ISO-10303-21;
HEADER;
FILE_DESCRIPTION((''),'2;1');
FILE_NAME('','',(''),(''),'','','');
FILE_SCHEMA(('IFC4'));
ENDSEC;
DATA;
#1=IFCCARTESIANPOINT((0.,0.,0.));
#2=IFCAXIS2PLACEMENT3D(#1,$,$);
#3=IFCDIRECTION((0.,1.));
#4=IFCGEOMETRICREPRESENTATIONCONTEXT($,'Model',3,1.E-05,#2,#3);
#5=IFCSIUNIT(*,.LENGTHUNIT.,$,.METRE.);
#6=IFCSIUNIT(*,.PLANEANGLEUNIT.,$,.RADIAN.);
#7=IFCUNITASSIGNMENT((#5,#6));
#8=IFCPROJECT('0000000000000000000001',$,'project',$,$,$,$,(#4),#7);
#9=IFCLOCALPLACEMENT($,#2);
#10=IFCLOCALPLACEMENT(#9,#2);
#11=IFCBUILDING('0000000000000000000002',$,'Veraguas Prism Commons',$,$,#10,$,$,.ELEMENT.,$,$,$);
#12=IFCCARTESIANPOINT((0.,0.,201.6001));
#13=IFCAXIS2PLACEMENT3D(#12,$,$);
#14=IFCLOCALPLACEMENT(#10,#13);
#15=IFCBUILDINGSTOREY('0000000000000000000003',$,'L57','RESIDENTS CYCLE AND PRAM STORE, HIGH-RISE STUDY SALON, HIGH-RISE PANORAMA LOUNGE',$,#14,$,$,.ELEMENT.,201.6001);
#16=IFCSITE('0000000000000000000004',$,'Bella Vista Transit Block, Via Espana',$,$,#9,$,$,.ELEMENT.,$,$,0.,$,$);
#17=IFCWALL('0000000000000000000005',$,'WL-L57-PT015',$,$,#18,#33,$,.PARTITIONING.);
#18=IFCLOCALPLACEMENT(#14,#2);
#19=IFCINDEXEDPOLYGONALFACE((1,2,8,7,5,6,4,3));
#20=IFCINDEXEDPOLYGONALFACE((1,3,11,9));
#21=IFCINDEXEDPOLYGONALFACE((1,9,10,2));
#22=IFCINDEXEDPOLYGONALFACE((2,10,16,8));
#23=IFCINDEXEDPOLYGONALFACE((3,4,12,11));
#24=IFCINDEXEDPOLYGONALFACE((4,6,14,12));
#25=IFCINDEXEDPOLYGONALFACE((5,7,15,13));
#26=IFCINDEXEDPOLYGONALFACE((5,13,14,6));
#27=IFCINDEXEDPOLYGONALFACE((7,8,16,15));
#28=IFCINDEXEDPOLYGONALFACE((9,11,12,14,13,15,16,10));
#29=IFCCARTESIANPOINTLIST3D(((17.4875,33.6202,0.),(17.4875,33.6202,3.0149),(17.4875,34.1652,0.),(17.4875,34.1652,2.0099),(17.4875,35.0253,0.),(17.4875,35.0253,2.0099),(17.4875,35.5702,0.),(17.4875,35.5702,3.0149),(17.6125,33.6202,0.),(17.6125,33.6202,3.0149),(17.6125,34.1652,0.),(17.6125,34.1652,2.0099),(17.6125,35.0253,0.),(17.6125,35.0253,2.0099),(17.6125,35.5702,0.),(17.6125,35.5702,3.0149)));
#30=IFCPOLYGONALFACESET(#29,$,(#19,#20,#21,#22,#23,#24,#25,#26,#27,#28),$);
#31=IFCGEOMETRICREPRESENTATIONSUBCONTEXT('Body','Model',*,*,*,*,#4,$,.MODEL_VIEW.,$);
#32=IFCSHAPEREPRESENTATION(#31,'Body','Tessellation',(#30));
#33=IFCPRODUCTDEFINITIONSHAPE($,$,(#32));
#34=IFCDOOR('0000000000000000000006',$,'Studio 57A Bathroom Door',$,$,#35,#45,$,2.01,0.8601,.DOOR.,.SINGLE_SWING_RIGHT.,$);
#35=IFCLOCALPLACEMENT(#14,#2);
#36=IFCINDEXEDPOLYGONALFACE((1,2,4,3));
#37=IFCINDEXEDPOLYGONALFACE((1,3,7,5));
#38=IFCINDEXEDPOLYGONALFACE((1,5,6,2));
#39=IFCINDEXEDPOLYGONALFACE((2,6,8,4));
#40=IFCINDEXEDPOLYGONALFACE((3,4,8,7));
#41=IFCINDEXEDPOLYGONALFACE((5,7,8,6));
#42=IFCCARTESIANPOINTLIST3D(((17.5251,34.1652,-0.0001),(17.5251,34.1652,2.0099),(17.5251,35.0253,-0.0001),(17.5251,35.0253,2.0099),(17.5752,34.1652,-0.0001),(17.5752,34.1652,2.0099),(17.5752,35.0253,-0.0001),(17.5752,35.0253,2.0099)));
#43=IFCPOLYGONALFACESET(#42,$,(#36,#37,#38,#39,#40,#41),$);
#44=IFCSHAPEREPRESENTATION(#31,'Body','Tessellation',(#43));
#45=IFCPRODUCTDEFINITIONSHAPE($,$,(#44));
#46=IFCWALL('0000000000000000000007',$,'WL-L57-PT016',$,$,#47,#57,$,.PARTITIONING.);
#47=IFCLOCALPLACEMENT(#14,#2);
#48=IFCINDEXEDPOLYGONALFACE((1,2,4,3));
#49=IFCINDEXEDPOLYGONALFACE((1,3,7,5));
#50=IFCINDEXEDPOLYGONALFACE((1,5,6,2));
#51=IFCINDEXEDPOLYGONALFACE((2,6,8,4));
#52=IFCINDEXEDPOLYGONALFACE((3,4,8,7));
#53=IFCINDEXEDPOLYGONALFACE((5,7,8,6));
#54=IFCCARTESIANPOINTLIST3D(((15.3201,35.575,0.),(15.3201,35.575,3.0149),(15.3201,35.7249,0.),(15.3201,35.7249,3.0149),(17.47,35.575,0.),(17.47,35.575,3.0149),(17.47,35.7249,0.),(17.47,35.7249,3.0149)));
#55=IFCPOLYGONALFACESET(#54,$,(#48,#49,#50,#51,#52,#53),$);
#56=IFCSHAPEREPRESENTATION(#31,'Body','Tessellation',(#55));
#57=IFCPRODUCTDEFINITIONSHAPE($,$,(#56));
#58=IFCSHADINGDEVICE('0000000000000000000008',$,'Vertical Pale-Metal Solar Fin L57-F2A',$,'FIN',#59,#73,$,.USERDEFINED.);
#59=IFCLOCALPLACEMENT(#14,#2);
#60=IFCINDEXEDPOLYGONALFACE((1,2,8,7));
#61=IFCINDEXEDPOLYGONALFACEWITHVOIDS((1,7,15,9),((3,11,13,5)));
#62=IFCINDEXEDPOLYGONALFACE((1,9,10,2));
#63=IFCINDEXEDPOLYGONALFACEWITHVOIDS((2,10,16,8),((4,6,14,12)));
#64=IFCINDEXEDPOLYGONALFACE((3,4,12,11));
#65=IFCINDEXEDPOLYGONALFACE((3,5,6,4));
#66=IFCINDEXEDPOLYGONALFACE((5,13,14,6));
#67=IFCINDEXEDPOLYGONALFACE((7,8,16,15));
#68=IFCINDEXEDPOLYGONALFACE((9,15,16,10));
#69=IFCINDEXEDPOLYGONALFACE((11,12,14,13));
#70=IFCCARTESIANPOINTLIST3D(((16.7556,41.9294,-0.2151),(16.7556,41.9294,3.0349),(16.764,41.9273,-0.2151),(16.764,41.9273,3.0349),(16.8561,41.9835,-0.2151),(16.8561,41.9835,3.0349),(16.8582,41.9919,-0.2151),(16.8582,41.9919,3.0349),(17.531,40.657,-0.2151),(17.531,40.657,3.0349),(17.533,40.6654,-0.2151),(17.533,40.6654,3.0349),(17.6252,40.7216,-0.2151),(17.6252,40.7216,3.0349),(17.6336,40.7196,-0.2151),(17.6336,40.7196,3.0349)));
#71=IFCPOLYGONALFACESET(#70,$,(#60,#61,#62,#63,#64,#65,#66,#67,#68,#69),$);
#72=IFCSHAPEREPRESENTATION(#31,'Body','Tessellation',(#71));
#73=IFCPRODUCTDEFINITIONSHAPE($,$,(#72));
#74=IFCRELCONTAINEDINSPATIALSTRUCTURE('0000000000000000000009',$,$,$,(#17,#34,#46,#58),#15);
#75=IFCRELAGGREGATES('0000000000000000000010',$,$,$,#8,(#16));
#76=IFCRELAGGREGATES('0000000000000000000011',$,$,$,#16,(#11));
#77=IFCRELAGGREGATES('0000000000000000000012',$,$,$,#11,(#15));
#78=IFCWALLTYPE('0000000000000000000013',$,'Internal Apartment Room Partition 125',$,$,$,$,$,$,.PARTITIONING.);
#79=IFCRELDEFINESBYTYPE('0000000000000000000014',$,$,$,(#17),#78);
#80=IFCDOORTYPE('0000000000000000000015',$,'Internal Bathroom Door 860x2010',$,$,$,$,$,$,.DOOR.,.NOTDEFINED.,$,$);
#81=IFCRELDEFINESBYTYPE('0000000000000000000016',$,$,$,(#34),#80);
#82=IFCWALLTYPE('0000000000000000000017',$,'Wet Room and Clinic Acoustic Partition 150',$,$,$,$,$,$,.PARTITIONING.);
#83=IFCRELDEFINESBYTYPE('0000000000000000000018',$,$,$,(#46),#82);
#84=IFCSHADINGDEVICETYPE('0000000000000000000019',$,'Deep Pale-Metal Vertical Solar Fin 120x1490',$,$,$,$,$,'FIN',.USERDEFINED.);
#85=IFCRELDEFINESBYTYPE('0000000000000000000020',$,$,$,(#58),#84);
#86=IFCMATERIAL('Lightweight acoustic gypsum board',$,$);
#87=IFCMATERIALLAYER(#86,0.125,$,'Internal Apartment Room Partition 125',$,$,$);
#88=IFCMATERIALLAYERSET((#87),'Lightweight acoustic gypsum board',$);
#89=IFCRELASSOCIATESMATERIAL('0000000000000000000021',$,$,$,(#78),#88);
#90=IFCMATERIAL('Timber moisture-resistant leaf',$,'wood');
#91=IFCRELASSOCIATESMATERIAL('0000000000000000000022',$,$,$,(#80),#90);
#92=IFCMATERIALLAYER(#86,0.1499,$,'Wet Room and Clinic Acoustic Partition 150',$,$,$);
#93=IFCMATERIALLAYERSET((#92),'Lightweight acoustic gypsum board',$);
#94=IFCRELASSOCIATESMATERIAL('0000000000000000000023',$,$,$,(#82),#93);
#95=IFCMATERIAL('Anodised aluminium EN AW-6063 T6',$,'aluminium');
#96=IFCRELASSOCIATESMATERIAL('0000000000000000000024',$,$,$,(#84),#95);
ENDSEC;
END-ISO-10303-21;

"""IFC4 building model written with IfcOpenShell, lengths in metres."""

from ifc_helpers import new_model, si_unit, direction, frame, frame_2d, origin, origin_2d, place, context, subcontext, project, spatial, rectangle, hollow_rectangle, extrude, source, transform, mapped, material, layer, layer_set, material_profile, profile_set, type_object, element, fill, save


model = new_model("IFC4")

# Units and contexts
model_context = context("Model", 3, precision=1e-05, world=origin(), true_north=direction((0.0, 1.0)))
body_context = subcontext(model_context, "Body", "Model", "MODEL_VIEW")
ifc_project = project(units=[si_unit("LENGTHUNIT", "METRE"), si_unit("PLANEANGLEUNIT", "RADIAN")], contexts=[model_context])

# Site, building, storey
site_placement = place(None, origin())
site = spatial("IfcSite", under=ifc_project, at=site_placement, Name="Bella Vista Transit Block, Via Espana", CompositionType="ELEMENT", RefElevation=0.0)
building_placement = place(site_placement, origin())
building = spatial("IfcBuilding", under=site, at=building_placement, Name="Veraguas Prism Commons", CompositionType="ELEMENT")
storey_placement = place(building_placement, frame((0.0, 0.0, 201.6001)))
storey = spatial("IfcBuildingStorey", under=building, at=storey_placement, Name="L57", Description="RESIDENTS CYCLE AND PRAM STORE, HIGH-RISE STUDY SALON, HIGH-RISE PANORAMA LOUNGE", CompositionType="ELEMENT", Elevation=201.6001)

# Shared definitions
ifc_material_1 = material(Name="Anodised aluminium EN AW-6063 T6", Category="aluminium")

# Wall, opening, door
ifc_material_2 = material(Name="Lightweight acoustic gypsum board")
ifc_layer_1 = layer(ifc_material_2, 0.125, Name="Internal Apartment Room Partition 125")
ifc_layer_set_1 = layer_set([ifc_layer_1], Name="Lightweight acoustic gypsum board")
wall_type_1 = type_object("IfcWallType", Name="Internal Apartment Room Partition 125", PredefinedType="PARTITIONING", material=ifc_layer_set_1)
wall_1_placement = place(storey_placement, frame((17.55, 33.6201, 0.0), z_axis=(0.0, 0.0, 1.0), x_axis=(0.0, 1.0, 0.0)))
wall_1 = element("IfcWall", 1, at=wall_1_placement, inside=storey, type_object=wall_type_1, Name="WL-L57-PT015", PredefinedType="PARTITIONING", context=body_context, shape_type="SweptSolid", body=[
    extrude(rectangle(XDim=1.95, YDim=0.125, at=frame_2d((0.9751, 0.0))), origin(), (0.0, 0.0, 1.0), 3.0149),
])
opening_1_placement = place(wall_1_placement, frame((0.5449, 0.0, 0.0)))
opening_1 = element("IfcOpeningElement", 2, at=opening_1_placement, cuts=wall_1, PredefinedType="OPENING", context=body_context, shape_type="SweptSolid", body=[
    extrude(rectangle(XDim=0.8601, YDim=2.01, at=frame_2d((0.4302, 1.0049))), frame((0.0, 0.0725, 0.0), z_axis=(0.0, -1.0, 0.0), x_axis=(1.0, 0.0, 0.0)), (0.0, 0.0, 1.0), 0.145),
])
ifc_material_3 = material(Name="Timber moisture-resistant leaf", Category="wood")
door_type_1 = type_object("IfcDoorType", Name="Internal Bathroom Door 860x2010", OperationType="NOTDEFINED", PredefinedType="DOOR", material=ifc_material_3)
shared_shape_1 = source(origin(), body_context, "Body", "SweptSolid", [
    extrude(rectangle(XDim=0.8601, YDim=2.01, at=frame_2d((0.4302, 1.0049))), frame((0.0, 0.0249, 0.0), z_axis=(0.0, -1.0, 0.0), x_axis=(1.0, 0.0, 0.0)), (0.0, 0.0, 1.0), 0.05),
])
door_1_placement = place(opening_1_placement, origin())
door_1 = element("IfcDoor", 3, at=door_1_placement, inside=storey, type_object=door_type_1, Name="Studio 57A Bathroom Door", OperationType="SINGLE_SWING_RIGHT", OverallHeight=2.01, OverallWidth=0.8601, PredefinedType="DOOR", context=body_context, shape_type="MappedRepresentation", body=[
    mapped(shared_shape_1, transform((0.0, 0.0, 0.0), scale=1.0)),
])
fill(opening_1, door_1)

# Wall
ifc_layer_2 = layer(ifc_material_2, 0.1499, Name="Wet Room and Clinic Acoustic Partition 150")
ifc_layer_set_2 = layer_set([ifc_layer_2], Name="Lightweight acoustic gypsum board")
wall_type_2 = type_object("IfcWallType", Name="Wet Room and Clinic Acoustic Partition 150", PredefinedType="PARTITIONING", material=ifc_layer_set_2)
wall_2_placement = place(storey_placement, frame((15.3201, 35.6499, 0.0), z_axis=(0.0, 0.0, 1.0), x_axis=(1.0, 0.0, 0.0)))
element("IfcWall", 4, at=wall_2_placement, inside=storey, type_object=wall_type_2, Name="WL-L57-PT016", PredefinedType="PARTITIONING", context=body_context, shape_type="SweptSolid", body=[
    extrude(rectangle(XDim=2.1499, YDim=0.1499, at=frame_2d((1.075, 0.0))), origin(), (0.0, 0.0, 1.0), 3.0149),
])

# Shading device
ifc_material_profile_1 = material_profile(ifc_material_1, hollow_rectangle(XDim=0.1201, YDim=1.49, WallThickness=0.0061, at=origin_2d()), Name="FIN120X1490X6")
ifc_profile_set_1 = profile_set([ifc_material_profile_1], Name="Anodised aluminium EN AW-6063 T6")
shading_device_type = type_object("IfcShadingDeviceType", Name="Deep Pale-Metal Vertical Solar Fin 120x1490", ElementType="FIN", PredefinedType="USERDEFINED", material=ifc_profile_set_1)
shading_device_placement = place(storey_placement, frame((17.1946, 41.3245, -0.2151), z_axis=(0.0, 0.0, 1.0), x_axis=(-0.853914, -0.520414, 0.0)))
element("IfcShadingDevice", 5, at=shading_device_placement, inside=storey, type_object=shading_device_type, Name="Vertical Pale-Metal Solar Fin L57-F2A", ObjectType="FIN", PredefinedType="USERDEFINED", context=body_context, shape_type="SweptSolid", body=[
    extrude(hollow_rectangle(XDim=0.1201, YDim=1.49, WallThickness=0.0061, at=origin_2d()), origin(), (0.0, 0.0, 1.0), 3.25),
])

save(model, "model.ifc")
